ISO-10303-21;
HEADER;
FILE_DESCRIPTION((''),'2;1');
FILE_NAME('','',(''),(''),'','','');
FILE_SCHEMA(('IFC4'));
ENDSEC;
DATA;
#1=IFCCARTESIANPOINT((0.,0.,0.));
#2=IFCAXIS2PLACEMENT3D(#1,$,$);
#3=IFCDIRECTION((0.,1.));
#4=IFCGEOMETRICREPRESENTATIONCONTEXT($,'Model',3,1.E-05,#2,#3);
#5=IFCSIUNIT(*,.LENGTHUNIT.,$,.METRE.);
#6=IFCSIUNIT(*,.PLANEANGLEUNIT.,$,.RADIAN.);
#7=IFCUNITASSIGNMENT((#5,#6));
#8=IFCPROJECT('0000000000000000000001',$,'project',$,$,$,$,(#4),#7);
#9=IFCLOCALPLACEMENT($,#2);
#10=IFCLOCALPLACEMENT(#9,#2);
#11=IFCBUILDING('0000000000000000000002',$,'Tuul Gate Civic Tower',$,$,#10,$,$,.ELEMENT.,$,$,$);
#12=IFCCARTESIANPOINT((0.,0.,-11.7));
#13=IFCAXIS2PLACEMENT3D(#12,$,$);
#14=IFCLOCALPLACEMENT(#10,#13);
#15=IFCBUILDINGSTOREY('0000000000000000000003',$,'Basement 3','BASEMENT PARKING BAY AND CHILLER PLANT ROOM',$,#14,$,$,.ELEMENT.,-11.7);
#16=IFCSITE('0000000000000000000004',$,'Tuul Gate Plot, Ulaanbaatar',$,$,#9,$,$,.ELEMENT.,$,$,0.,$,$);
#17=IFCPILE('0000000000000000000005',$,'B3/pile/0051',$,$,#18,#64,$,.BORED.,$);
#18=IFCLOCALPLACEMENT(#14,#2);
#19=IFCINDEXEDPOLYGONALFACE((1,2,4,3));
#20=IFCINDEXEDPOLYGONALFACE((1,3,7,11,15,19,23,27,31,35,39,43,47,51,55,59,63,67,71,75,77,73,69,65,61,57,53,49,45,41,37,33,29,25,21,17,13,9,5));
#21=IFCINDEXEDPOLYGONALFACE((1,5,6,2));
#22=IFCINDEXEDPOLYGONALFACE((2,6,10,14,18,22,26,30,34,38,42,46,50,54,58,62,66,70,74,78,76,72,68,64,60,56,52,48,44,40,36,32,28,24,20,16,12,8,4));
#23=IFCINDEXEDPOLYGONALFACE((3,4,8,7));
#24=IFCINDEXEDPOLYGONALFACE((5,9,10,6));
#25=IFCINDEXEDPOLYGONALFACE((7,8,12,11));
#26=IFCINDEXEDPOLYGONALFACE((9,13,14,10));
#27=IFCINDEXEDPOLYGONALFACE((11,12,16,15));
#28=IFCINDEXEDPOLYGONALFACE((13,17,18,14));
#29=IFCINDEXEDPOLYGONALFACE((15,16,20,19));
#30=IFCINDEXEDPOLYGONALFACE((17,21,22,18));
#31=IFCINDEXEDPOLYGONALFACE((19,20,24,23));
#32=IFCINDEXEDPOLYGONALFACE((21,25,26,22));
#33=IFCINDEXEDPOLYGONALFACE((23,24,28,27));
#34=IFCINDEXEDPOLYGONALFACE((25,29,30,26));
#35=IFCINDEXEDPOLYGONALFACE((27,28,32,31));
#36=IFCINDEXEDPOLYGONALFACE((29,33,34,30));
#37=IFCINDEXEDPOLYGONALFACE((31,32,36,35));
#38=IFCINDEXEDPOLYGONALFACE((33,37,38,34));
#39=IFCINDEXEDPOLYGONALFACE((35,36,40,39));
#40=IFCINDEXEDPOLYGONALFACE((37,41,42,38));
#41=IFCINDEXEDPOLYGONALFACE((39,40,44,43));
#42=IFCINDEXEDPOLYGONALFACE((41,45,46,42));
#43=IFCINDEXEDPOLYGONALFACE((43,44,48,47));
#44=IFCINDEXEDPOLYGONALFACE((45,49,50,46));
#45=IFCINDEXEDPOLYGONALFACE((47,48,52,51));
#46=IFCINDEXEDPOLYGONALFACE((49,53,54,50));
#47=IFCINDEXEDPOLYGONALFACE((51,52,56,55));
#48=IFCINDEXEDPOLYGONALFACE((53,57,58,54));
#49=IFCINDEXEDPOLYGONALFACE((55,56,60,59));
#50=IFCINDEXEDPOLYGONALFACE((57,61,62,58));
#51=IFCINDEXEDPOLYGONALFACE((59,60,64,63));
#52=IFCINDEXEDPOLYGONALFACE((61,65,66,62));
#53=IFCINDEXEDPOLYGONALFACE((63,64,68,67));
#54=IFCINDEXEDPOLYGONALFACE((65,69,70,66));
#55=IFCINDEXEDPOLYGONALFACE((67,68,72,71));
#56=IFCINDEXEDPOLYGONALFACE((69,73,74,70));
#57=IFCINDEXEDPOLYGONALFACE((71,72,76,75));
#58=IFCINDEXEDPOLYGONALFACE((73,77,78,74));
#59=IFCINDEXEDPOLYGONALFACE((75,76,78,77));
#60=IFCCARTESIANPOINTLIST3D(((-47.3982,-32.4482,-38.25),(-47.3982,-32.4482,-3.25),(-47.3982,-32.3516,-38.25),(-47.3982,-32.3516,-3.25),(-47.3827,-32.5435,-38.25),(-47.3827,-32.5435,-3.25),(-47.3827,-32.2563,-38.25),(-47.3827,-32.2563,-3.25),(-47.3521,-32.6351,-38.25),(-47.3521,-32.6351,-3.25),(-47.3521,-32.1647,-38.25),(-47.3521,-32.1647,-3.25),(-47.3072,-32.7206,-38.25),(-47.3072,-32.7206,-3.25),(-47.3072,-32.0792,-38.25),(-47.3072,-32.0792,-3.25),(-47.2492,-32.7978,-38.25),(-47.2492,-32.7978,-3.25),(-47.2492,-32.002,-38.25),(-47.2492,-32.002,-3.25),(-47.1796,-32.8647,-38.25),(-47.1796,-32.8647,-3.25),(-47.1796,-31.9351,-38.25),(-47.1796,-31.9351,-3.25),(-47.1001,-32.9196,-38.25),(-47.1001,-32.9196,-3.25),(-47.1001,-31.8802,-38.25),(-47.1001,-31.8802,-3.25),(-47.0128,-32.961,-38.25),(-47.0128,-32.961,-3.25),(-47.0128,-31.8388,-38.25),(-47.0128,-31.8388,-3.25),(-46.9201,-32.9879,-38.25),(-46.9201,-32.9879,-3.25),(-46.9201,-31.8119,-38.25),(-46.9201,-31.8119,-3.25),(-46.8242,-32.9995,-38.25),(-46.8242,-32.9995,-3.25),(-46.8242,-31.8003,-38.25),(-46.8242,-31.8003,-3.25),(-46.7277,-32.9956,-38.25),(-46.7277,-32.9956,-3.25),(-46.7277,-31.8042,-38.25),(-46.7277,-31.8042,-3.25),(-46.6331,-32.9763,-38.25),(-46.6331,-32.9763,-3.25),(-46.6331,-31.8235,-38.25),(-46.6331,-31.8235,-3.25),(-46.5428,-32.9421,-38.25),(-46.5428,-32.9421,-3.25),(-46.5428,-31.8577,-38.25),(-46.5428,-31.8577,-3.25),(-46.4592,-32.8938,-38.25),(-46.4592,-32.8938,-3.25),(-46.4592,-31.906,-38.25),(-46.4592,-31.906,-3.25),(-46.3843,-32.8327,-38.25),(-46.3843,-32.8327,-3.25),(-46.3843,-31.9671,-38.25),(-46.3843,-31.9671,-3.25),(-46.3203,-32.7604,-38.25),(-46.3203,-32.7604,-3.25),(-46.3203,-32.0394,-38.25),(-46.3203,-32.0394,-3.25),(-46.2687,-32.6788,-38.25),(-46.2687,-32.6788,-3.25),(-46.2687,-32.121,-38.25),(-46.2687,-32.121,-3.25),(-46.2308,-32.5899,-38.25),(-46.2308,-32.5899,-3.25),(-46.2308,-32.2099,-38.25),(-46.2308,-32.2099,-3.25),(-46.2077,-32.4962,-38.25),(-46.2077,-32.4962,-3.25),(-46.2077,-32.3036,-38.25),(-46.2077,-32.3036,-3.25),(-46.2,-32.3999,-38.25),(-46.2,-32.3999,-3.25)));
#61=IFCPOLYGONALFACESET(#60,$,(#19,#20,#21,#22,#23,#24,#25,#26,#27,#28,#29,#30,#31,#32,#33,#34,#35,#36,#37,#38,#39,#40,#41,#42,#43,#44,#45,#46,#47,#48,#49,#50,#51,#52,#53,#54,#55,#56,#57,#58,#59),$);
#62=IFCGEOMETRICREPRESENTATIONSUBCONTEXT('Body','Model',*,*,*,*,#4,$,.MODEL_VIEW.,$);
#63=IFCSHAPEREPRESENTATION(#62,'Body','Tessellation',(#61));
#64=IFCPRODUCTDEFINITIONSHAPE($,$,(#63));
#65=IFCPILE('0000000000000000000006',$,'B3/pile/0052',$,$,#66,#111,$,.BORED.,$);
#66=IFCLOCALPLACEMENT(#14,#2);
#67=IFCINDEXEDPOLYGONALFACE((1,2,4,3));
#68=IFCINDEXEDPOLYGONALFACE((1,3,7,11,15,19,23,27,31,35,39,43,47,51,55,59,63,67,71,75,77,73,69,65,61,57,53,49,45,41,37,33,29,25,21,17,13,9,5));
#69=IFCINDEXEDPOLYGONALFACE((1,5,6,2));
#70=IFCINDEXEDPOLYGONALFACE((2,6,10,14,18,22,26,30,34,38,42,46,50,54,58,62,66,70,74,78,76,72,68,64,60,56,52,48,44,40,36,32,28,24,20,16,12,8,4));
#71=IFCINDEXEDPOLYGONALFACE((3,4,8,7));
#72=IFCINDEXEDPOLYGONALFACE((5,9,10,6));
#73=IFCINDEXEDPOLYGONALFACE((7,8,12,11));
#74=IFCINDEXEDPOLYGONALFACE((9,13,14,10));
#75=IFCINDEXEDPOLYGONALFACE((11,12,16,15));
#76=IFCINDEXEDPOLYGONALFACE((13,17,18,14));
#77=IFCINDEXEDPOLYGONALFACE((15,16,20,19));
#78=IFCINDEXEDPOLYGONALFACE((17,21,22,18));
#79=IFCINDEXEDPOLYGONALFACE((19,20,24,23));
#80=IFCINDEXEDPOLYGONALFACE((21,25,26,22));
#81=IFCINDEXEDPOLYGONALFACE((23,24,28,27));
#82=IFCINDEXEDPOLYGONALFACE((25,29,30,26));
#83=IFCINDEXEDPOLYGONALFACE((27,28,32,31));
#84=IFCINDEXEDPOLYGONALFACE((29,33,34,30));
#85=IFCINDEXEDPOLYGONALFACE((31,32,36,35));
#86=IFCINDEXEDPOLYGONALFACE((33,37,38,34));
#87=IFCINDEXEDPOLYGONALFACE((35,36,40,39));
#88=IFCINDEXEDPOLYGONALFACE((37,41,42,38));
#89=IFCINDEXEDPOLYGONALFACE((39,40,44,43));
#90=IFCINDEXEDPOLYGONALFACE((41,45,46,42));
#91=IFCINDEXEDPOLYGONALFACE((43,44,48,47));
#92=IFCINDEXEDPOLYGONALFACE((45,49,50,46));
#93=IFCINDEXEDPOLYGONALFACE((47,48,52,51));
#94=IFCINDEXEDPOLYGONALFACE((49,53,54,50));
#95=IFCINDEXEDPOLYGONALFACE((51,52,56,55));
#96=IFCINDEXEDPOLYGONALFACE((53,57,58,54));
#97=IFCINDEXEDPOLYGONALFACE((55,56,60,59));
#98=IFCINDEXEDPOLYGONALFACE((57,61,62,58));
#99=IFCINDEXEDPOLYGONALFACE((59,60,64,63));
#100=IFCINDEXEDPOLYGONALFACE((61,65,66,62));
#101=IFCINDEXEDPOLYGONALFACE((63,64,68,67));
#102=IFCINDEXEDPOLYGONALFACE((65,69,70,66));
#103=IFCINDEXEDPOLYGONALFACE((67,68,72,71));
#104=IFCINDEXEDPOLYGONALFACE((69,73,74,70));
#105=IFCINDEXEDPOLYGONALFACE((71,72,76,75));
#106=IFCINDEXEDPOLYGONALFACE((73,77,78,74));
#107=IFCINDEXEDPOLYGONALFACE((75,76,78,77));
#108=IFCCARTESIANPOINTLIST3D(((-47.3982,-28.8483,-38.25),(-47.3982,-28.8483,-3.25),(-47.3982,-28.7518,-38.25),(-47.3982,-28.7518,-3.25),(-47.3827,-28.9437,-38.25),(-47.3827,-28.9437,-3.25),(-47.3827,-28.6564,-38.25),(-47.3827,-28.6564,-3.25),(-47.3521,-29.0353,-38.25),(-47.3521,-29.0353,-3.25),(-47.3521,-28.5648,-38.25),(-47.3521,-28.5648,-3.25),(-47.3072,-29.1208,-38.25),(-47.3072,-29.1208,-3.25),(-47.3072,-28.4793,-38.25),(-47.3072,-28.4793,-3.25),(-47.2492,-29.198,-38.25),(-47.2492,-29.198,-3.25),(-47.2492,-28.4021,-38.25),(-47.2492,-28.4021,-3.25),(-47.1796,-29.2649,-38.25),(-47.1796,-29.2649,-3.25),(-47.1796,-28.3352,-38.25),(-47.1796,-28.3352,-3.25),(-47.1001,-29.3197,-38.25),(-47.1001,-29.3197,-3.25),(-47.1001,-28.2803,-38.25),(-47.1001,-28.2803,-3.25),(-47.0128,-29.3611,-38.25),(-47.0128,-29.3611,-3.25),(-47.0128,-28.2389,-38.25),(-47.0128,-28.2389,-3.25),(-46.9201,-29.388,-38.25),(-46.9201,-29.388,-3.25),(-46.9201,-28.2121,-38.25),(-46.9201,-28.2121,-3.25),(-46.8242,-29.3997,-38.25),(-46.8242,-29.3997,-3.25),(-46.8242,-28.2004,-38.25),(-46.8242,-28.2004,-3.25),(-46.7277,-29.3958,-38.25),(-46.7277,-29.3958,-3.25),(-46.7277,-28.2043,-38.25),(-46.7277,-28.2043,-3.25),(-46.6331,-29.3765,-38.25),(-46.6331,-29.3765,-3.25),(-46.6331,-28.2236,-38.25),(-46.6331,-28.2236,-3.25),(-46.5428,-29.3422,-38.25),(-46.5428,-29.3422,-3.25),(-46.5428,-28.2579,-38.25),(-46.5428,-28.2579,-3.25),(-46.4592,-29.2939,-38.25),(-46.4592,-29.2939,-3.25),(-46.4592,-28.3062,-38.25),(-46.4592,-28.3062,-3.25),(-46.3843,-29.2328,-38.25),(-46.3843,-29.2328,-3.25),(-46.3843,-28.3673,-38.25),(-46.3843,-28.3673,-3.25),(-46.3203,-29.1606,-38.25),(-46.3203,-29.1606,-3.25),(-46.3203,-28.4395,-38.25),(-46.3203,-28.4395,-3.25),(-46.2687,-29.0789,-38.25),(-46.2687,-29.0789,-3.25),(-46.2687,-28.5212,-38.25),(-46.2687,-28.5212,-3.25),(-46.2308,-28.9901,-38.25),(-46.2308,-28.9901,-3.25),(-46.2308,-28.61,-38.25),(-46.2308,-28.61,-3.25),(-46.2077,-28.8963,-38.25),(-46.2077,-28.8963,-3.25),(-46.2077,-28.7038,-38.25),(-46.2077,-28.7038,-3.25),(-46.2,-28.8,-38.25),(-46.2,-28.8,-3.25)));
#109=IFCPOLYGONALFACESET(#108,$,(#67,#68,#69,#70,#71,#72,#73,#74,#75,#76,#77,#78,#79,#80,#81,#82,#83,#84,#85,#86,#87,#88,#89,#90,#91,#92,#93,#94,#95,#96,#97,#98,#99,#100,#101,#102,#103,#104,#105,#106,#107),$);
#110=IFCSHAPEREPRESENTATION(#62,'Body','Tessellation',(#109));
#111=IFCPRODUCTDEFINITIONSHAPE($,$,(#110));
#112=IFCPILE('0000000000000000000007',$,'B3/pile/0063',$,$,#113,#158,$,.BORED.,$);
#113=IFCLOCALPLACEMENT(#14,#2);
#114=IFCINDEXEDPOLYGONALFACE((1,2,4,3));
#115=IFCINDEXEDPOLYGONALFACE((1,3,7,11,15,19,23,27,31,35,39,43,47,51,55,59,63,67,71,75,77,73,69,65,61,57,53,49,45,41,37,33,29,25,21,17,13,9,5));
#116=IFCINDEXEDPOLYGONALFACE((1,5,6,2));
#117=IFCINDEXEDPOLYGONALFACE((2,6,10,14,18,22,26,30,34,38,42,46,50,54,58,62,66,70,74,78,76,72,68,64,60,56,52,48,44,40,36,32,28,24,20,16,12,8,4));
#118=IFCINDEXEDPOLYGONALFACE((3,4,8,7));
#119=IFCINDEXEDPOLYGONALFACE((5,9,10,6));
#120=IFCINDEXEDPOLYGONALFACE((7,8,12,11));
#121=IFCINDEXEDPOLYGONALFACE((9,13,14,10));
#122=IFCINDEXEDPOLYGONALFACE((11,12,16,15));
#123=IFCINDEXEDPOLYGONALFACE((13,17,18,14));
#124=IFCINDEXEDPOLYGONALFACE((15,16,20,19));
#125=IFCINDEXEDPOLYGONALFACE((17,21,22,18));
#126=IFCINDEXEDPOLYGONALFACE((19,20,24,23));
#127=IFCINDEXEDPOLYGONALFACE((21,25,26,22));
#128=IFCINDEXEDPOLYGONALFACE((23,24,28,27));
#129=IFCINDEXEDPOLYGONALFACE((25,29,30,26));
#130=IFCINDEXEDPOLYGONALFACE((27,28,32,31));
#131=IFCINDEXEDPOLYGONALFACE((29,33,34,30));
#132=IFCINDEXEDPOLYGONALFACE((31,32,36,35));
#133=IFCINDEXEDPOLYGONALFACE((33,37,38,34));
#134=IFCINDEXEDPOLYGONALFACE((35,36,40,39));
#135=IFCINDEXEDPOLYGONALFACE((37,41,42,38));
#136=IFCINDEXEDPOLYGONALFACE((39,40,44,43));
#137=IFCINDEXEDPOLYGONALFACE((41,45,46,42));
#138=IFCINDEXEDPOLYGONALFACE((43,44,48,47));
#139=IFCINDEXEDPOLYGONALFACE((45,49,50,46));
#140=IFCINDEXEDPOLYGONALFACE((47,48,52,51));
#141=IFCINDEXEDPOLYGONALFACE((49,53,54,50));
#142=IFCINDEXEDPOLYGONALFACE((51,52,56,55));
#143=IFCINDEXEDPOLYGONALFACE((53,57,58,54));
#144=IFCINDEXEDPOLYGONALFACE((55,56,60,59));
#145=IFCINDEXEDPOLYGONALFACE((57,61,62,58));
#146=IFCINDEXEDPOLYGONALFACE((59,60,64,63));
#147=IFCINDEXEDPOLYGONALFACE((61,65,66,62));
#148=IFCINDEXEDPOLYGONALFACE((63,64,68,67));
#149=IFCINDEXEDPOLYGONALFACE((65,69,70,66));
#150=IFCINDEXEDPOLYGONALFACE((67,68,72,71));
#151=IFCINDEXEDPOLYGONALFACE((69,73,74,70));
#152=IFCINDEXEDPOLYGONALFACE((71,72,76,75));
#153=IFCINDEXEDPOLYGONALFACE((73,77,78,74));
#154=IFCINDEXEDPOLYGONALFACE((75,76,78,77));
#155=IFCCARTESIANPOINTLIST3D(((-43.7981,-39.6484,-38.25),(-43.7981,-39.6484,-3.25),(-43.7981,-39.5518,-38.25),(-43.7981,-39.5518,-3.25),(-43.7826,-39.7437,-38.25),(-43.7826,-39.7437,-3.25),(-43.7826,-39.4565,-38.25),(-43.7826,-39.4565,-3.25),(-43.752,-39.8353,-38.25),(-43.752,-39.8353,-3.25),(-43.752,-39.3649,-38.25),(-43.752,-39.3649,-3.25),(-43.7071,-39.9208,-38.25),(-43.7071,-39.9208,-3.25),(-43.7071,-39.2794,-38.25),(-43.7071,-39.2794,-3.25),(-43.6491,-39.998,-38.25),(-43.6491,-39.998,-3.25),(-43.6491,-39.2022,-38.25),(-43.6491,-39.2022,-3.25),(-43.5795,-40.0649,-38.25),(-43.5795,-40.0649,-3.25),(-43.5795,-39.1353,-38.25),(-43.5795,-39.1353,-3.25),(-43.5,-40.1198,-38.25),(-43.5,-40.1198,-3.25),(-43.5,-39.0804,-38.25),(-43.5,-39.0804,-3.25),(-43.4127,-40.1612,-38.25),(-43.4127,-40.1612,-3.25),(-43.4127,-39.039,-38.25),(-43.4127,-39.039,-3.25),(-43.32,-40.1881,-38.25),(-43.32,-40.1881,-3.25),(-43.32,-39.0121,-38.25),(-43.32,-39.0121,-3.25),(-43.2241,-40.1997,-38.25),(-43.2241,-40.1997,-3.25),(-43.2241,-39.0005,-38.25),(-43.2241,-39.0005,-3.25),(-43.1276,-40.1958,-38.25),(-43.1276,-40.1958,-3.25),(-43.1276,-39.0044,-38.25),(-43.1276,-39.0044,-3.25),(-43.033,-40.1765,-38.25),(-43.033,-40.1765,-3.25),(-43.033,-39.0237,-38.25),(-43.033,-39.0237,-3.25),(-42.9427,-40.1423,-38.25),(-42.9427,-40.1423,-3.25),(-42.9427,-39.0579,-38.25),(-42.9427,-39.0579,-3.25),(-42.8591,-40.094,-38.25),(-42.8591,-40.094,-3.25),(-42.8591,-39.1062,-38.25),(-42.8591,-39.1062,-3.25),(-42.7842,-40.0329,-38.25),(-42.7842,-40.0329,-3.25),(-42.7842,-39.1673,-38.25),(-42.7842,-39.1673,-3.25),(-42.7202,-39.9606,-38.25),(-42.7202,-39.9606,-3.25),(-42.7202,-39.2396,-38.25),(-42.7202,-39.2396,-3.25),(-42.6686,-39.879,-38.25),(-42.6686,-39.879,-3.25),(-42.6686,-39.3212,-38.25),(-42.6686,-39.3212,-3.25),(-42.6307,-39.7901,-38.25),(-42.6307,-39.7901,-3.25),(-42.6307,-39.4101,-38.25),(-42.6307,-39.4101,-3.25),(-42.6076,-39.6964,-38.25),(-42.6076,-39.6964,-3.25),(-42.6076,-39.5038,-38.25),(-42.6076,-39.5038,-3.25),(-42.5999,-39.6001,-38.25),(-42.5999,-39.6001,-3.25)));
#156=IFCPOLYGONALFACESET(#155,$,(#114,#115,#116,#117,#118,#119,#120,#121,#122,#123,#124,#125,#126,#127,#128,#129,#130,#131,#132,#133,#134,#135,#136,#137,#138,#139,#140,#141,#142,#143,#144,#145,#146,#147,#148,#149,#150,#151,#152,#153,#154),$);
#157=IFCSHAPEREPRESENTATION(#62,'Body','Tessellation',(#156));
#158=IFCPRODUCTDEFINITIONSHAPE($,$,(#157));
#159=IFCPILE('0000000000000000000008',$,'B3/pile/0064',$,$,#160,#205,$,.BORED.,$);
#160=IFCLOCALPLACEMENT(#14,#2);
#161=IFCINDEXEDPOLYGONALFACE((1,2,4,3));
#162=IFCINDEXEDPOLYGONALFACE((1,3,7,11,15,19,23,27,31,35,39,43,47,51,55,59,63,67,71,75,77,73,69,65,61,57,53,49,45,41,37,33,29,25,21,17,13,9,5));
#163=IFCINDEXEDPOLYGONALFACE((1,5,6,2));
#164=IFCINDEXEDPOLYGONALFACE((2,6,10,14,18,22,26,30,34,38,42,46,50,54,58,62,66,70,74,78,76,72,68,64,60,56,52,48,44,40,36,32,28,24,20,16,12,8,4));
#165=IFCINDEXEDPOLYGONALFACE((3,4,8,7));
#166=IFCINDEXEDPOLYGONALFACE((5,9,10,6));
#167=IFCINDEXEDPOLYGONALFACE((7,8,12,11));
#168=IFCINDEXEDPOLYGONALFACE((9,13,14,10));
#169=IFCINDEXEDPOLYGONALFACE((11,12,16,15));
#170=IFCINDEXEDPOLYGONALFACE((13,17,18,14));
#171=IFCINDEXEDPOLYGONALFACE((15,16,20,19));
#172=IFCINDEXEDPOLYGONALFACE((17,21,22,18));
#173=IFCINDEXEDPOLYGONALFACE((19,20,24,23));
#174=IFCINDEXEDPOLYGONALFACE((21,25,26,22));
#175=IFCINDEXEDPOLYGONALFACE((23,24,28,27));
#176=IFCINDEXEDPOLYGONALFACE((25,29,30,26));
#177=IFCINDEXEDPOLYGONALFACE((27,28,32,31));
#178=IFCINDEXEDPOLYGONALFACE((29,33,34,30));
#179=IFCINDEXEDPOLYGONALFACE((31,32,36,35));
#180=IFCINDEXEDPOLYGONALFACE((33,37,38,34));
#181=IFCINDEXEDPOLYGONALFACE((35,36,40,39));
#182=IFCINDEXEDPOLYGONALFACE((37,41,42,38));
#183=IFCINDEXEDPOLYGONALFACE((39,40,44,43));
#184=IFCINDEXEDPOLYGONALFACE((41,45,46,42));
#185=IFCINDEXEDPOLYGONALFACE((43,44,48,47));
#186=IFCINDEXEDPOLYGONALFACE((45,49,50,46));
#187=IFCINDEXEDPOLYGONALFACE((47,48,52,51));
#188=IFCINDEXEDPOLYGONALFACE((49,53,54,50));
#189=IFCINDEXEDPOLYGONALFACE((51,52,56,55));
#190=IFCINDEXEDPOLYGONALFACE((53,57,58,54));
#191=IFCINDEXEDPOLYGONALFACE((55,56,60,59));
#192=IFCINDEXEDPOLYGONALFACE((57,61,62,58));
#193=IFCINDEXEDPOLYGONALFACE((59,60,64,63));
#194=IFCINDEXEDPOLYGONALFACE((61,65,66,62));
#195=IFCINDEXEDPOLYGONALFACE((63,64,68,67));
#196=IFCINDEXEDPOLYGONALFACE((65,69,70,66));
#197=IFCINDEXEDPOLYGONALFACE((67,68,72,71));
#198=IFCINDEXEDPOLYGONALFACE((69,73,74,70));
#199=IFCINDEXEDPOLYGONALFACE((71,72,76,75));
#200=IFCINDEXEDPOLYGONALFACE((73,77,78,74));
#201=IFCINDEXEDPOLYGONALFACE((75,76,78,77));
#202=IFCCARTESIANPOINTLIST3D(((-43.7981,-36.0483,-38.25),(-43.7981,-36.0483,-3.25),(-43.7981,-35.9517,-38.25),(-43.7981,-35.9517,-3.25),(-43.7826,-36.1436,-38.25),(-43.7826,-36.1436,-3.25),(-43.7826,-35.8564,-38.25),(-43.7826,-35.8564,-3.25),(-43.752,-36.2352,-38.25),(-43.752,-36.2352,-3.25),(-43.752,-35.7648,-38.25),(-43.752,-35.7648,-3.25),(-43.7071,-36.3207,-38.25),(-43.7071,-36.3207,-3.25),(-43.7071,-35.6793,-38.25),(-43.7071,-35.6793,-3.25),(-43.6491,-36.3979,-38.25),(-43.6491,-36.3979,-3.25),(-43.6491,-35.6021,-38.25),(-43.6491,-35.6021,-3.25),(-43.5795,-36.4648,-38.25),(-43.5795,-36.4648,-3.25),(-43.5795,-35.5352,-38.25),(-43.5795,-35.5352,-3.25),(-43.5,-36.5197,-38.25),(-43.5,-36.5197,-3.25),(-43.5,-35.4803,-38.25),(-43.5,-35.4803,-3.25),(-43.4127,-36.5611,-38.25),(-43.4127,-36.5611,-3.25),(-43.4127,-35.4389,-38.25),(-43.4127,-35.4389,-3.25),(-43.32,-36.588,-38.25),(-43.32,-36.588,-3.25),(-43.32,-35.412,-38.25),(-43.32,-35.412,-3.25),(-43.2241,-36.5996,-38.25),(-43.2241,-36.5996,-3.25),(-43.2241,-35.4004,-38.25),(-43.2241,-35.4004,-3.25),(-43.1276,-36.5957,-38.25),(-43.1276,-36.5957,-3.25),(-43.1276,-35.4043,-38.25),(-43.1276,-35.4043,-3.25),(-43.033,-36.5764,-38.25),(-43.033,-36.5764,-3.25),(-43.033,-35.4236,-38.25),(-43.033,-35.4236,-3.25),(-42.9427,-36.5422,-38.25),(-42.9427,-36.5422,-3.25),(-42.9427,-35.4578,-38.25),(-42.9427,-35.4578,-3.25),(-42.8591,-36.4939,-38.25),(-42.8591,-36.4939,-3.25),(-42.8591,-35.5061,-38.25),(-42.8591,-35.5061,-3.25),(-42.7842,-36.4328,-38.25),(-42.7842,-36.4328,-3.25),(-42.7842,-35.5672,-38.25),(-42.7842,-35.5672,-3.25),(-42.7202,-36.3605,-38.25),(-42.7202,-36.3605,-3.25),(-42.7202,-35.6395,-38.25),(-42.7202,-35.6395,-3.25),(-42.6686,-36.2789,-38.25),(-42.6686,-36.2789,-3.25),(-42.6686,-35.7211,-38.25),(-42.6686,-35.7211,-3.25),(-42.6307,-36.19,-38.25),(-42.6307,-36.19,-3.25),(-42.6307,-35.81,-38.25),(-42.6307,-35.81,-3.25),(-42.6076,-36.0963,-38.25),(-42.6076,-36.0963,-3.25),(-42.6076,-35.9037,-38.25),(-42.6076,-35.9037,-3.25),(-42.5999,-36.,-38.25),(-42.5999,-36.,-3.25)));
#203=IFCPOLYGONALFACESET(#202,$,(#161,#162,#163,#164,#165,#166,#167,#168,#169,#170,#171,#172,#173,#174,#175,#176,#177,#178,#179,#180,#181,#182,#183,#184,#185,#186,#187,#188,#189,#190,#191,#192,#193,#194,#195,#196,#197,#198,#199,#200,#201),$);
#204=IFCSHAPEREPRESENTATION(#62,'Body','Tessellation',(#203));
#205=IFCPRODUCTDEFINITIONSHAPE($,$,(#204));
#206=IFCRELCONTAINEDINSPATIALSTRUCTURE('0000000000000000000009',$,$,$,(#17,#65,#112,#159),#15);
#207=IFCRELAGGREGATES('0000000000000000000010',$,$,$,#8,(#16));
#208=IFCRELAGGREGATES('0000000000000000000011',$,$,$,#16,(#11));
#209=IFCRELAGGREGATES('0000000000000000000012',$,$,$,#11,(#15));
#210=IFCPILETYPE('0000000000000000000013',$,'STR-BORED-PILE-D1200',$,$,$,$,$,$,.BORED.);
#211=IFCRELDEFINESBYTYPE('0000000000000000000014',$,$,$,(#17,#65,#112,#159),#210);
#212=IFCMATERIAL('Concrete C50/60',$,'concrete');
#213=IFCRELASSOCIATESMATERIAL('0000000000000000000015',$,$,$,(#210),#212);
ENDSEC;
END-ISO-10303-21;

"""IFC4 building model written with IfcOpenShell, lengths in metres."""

from ifc_helpers import new_model, si_unit, direction, frame, origin, origin_2d, place, context, subcontext, project, spatial, circle, extrude, material, material_profile, profile_set, type_object, element, save


model = new_model("IFC4")

# Units and contexts
model_context = context("Model", 3, precision=1e-05, world=origin(), true_north=direction((0.0, 1.0)))
body_context = subcontext(model_context, "Body", "Model", "MODEL_VIEW")
ifc_project = project(units=[si_unit("LENGTHUNIT", "METRE"), si_unit("PLANEANGLEUNIT", "RADIAN")], contexts=[model_context])

# Site, building, storey
site_placement = place(None, origin())
site = spatial("IfcSite", under=ifc_project, at=site_placement, Name="Tuul Gate Plot, Ulaanbaatar", CompositionType="ELEMENT", RefElevation=0.0)
building_placement = place(site_placement, origin())
building = spatial("IfcBuilding", under=site, at=building_placement, Name="Tuul Gate Civic Tower", CompositionType="ELEMENT")
storey_placement = place(building_placement, frame((0.0, 0.0, -11.7)))
storey = spatial("IfcBuildingStorey", under=building, at=storey_placement, Name="Basement 3", Description="BASEMENT PARKING BAY AND CHILLER PLANT ROOM", CompositionType="ELEMENT", Elevation=-11.7)

# Piles
ifc_material_1 = material(Name="Concrete C50/60", Category="concrete")
ifc_material_profile_1 = material_profile(ifc_material_1, circle(Radius=0.6001, at=origin_2d()), Name="PILE1200")
ifc_profile_set_1 = profile_set([ifc_material_profile_1], Name="Concrete C50/60")
pile_type = type_object("IfcPileType", Name="STR-BORED-PILE-D1200", PredefinedType="BORED", material=ifc_profile_set_1)
for number, where, z_axis, x_axis, name in (
    (1, (-46.8, -32.3999, -3.25), (0.0, 0.0, -1.0), (1.0, 0.0, 0.0), "B3/pile/0051"),
    (2, (-46.8, -28.8, -3.25), (0.0, 0.0, -1.0), (1.0, 0.0, 0.0), "B3/pile/0052"),
    (3, (-43.2, -39.6001, -3.25), (0.0, 0.0, -1.0), (1.0, 0.0, 0.0), "B3/pile/0063"),
    (4, (-43.2, -36.0, -3.25), (0.0, 0.0, -1.0), (1.0, 0.0, 0.0), "B3/pile/0064"),
):
    element("IfcPile", number, at=place(storey_placement, frame(where, z_axis=z_axis, x_axis=x_axis)), inside=storey, type_object=pile_type, Name=name, PredefinedType="BORED", context=body_context, shape_type="SweptSolid", body=[
        extrude(circle(Radius=0.6001, at=origin_2d()), origin(), (0.0, 0.0, 1.0), 35.0),
    ])

save(model, "model.ifc")
